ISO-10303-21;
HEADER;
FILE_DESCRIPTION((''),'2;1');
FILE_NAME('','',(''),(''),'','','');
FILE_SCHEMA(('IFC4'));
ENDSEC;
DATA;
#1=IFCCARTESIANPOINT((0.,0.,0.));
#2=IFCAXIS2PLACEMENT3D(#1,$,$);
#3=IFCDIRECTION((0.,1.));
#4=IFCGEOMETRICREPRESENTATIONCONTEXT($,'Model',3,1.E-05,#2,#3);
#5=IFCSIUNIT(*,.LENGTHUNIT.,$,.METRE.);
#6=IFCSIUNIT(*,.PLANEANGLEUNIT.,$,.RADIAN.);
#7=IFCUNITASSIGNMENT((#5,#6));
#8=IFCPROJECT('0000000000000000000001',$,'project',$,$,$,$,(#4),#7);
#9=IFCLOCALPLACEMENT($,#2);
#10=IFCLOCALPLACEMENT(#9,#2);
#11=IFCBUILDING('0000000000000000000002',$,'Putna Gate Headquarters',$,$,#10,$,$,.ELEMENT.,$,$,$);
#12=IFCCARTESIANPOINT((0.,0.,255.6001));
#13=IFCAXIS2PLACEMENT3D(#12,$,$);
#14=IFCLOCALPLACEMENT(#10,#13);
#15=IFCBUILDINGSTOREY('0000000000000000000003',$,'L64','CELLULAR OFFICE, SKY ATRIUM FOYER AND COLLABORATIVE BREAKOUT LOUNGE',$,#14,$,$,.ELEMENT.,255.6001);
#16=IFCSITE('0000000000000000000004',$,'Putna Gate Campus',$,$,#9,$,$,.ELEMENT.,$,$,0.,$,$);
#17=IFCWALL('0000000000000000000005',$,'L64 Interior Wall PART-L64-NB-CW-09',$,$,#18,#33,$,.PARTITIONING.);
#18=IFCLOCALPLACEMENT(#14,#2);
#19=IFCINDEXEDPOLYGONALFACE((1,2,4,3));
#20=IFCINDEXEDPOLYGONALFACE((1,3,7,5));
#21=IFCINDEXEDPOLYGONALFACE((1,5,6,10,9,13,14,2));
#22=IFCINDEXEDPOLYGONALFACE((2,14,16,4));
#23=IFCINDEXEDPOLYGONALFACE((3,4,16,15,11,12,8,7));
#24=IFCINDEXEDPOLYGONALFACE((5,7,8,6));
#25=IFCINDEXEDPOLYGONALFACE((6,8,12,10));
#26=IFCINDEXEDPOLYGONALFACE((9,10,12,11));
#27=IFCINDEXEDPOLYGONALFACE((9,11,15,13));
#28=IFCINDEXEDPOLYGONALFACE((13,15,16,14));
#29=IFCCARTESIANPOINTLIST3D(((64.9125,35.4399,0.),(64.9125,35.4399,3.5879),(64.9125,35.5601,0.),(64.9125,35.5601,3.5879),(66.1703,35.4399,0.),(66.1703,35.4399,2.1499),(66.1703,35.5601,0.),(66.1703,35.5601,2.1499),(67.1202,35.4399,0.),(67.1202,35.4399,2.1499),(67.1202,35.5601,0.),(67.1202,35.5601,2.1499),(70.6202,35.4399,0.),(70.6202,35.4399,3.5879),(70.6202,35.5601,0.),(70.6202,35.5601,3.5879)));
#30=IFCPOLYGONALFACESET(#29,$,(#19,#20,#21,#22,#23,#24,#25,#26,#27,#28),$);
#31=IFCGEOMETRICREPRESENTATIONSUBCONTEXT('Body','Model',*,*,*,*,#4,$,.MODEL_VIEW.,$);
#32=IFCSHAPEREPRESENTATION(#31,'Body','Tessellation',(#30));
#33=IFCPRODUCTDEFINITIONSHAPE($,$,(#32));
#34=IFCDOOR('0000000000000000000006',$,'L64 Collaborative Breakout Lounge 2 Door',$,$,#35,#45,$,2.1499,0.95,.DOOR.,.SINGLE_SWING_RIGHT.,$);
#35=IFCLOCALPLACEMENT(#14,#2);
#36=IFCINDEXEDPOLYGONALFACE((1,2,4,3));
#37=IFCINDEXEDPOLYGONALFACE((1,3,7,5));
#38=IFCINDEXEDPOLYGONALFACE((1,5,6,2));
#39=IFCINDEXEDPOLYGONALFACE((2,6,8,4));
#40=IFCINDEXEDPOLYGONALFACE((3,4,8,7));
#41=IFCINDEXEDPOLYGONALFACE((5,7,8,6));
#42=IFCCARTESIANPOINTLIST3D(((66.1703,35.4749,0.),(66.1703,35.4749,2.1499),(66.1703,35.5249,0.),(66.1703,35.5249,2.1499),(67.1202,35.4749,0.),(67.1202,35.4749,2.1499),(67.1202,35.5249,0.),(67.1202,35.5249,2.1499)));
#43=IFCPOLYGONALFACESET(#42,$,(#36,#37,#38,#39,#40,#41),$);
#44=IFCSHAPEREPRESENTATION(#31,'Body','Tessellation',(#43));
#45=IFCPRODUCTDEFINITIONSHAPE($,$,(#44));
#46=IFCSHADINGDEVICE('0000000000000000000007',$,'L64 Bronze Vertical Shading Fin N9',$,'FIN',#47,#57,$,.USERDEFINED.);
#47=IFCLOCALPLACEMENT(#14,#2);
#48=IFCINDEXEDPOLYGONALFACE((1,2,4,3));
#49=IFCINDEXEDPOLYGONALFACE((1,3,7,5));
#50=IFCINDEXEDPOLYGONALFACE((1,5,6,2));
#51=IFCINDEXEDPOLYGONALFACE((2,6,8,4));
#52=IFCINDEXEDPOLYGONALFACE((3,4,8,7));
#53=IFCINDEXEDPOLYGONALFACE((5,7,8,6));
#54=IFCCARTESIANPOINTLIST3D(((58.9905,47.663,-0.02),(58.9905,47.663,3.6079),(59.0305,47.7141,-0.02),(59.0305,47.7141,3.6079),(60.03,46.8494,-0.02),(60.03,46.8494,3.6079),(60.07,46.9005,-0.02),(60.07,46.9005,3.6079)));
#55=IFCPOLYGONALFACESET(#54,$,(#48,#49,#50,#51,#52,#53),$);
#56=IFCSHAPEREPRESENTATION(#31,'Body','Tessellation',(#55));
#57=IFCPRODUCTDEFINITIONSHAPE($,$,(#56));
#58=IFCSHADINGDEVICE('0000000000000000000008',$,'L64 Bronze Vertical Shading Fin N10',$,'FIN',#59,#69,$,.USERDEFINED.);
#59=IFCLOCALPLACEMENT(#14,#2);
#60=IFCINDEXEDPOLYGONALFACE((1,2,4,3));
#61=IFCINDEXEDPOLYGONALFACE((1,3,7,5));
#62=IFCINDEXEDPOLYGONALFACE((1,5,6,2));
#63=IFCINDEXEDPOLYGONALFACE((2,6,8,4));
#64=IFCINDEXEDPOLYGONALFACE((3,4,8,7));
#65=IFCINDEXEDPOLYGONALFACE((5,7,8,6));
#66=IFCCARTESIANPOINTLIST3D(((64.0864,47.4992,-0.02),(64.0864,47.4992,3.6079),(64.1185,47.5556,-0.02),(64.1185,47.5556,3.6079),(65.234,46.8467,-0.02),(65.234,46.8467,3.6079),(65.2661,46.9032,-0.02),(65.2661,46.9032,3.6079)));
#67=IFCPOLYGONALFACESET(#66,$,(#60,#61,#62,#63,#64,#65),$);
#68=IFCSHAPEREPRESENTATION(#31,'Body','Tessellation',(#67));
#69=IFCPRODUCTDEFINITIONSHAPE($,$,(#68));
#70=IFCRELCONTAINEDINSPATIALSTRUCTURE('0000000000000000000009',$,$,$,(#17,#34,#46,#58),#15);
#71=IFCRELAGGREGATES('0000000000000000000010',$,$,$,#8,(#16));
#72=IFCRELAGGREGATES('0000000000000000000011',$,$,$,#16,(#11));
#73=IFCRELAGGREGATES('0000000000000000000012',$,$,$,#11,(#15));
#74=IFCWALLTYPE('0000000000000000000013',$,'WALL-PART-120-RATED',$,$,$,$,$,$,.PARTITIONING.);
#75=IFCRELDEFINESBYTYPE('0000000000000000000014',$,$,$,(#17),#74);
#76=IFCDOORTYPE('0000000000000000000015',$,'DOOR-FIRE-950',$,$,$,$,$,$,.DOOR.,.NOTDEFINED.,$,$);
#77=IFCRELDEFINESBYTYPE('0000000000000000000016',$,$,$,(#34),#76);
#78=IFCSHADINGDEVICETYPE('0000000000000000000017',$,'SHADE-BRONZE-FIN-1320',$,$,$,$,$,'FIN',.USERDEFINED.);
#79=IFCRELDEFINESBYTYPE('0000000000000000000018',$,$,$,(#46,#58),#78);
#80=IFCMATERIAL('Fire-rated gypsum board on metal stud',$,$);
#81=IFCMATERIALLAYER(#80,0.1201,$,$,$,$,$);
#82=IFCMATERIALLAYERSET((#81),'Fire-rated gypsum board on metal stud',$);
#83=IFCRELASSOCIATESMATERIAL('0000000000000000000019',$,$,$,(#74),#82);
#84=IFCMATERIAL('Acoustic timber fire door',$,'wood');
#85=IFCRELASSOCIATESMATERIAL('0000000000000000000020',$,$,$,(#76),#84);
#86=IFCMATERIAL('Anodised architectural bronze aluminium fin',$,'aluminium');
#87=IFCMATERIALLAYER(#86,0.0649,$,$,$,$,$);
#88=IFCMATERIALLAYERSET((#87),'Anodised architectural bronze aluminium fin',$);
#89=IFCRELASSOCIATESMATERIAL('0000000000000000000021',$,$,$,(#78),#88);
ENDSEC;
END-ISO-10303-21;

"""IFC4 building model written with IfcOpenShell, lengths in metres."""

from ifc_helpers import new_model, si_unit, direction, frame, frame_2d, origin, origin_2d, place, context, subcontext, project, spatial, rectangle, extrude, material, layer, layer_set, type_object, element, fill, save


model = new_model("IFC4")

# Units and contexts
model_context = context("Model", 3, precision=1e-05, world=origin(), true_north=direction((0.0, 1.0)))
body_context = subcontext(model_context, "Body", "Model", "MODEL_VIEW")
ifc_project = project(units=[si_unit("LENGTHUNIT", "METRE"), si_unit("PLANEANGLEUNIT", "RADIAN")], contexts=[model_context])

# Site, building, storey
site_placement = place(None, origin())
site = spatial("IfcSite", under=ifc_project, at=site_placement, Name="Putna Gate Campus", CompositionType="ELEMENT", RefElevation=0.0)
building_placement = place(site_placement, origin())
building = spatial("IfcBuilding", under=site, at=building_placement, Name="Putna Gate Headquarters", CompositionType="ELEMENT")
storey_placement = place(building_placement, frame((0.0, 0.0, 255.6001)))
storey = spatial("IfcBuildingStorey", under=building, at=storey_placement, Name="L64", Description="CELLULAR OFFICE, SKY ATRIUM FOYER AND COLLABORATIVE BREAKOUT LOUNGE", CompositionType="ELEMENT", Elevation=255.6001)

# Wall, opening, door
ifc_material_1 = material(Name="Fire-rated gypsum board on metal stud")
ifc_layer_1 = layer(ifc_material_1, 0.1201)
ifc_layer_set_1 = layer_set([ifc_layer_1], Name="Fire-rated gypsum board on metal stud")
wall_type_1 = type_object("IfcWallType", Name="WALL-PART-120-RATED", PredefinedType="PARTITIONING", material=ifc_layer_set_1)
ifc_material_2 = material(Name="Acoustic timber fire door", Category="wood")
door_type_1 = type_object("IfcDoorType", Name="DOOR-FIRE-950", OperationType="NOTDEFINED", PredefinedType="DOOR", material=ifc_material_2)
wall_1_placement = place(storey_placement, frame((64.9124, 35.5, 0.0), z_axis=(0.0, 0.0, 1.0), x_axis=(1.0, 0.0, 0.0)))
wall_1 = element("IfcWall", 1, at=wall_1_placement, inside=storey, type_object=wall_type_1, Name="L64 Interior Wall PART-L64-NB-CW-09", PredefinedType="PARTITIONING", context=body_context, shape_type="SweptSolid", body=[
    extrude(rectangle(XDim=5.7078, YDim=0.1201, at=frame_2d((2.854, 0.0))), origin(), (0.0, 0.0, 1.0), 3.5879),
])
opening_1_placement = place(wall_1_placement, frame((1.2578, 0.0, 0.0)))
opening_1 = element("IfcOpeningElement", 2, at=opening_1_placement, cuts=wall_1, PredefinedType="OPENING", context=body_context, shape_type="SweptSolid", body=[
    extrude(rectangle(XDim=0.95, YDim=2.1499, at=frame_2d((0.4751, 1.075))), frame((0.0, 0.0701, 0.0), z_axis=(0.0, -1.0, 0.0), x_axis=(1.0, 0.0, 0.0)), (0.0, 0.0, 1.0), 0.1401),
])
door_1_placement = place(opening_1_placement, origin())
door_1 = element("IfcDoor", 3, at=door_1_placement, inside=storey, type_object=door_type_1, Name="L64 Collaborative Breakout Lounge 2 Door", OperationType="SINGLE_SWING_RIGHT", OverallHeight=2.1499, OverallWidth=0.95, PredefinedType="DOOR", context=body_context, shape_type="SweptSolid", body=[
    extrude(rectangle(XDim=0.95, YDim=2.1499, at=frame_2d((0.4751, 1.075))), frame((0.0, 0.0249, 0.0), z_axis=(0.0, -1.0, 0.0), x_axis=(1.0, 0.0, 0.0)), (0.0, 0.0, 1.0), 0.05),
])
fill(opening_1, door_1)

# Shading devices
ifc_material_3 = material(Name="Anodised architectural bronze aluminium fin", Category="aluminium")
ifc_layer_2 = layer(ifc_material_3, 0.0649)
ifc_layer_set_2 = layer_set([ifc_layer_2], Name="Anodised architectural bronze aluminium fin")
shading_device_type = type_object("IfcShadingDeviceType", Name="SHADE-BRONZE-FIN-1320", ElementType="FIN", PredefinedType="USERDEFINED", material=ifc_layer_set_2)
for number, where, z_axis, x_axis, name in (
    (4, (59.5303, 47.2817, -0.02), (0.0, 0.0, 1.0), (-0.787473, 0.616349, 0.0), "L64 Bronze Vertical Shading Fin N9"),
    (5, (64.6763, 47.2012, -0.02), (0.0, 0.0, 1.0), (-0.869322, 0.494245, 0.0), "L64 Bronze Vertical Shading Fin N10"),
):
    element("IfcShadingDevice", number, at=place(storey_placement, frame(where, z_axis=z_axis, x_axis=x_axis)), inside=storey, type_object=shading_device_type, Name=name, ObjectType="FIN", PredefinedType="USERDEFINED", context=body_context, shape_type="SweptSolid", body=[
        extrude(rectangle(XDim=1.3201, YDim=0.0649, at=origin_2d()), origin(), (0.0, 0.0, 1.0), 3.6279),
    ])

save(model, "model.ifc")
